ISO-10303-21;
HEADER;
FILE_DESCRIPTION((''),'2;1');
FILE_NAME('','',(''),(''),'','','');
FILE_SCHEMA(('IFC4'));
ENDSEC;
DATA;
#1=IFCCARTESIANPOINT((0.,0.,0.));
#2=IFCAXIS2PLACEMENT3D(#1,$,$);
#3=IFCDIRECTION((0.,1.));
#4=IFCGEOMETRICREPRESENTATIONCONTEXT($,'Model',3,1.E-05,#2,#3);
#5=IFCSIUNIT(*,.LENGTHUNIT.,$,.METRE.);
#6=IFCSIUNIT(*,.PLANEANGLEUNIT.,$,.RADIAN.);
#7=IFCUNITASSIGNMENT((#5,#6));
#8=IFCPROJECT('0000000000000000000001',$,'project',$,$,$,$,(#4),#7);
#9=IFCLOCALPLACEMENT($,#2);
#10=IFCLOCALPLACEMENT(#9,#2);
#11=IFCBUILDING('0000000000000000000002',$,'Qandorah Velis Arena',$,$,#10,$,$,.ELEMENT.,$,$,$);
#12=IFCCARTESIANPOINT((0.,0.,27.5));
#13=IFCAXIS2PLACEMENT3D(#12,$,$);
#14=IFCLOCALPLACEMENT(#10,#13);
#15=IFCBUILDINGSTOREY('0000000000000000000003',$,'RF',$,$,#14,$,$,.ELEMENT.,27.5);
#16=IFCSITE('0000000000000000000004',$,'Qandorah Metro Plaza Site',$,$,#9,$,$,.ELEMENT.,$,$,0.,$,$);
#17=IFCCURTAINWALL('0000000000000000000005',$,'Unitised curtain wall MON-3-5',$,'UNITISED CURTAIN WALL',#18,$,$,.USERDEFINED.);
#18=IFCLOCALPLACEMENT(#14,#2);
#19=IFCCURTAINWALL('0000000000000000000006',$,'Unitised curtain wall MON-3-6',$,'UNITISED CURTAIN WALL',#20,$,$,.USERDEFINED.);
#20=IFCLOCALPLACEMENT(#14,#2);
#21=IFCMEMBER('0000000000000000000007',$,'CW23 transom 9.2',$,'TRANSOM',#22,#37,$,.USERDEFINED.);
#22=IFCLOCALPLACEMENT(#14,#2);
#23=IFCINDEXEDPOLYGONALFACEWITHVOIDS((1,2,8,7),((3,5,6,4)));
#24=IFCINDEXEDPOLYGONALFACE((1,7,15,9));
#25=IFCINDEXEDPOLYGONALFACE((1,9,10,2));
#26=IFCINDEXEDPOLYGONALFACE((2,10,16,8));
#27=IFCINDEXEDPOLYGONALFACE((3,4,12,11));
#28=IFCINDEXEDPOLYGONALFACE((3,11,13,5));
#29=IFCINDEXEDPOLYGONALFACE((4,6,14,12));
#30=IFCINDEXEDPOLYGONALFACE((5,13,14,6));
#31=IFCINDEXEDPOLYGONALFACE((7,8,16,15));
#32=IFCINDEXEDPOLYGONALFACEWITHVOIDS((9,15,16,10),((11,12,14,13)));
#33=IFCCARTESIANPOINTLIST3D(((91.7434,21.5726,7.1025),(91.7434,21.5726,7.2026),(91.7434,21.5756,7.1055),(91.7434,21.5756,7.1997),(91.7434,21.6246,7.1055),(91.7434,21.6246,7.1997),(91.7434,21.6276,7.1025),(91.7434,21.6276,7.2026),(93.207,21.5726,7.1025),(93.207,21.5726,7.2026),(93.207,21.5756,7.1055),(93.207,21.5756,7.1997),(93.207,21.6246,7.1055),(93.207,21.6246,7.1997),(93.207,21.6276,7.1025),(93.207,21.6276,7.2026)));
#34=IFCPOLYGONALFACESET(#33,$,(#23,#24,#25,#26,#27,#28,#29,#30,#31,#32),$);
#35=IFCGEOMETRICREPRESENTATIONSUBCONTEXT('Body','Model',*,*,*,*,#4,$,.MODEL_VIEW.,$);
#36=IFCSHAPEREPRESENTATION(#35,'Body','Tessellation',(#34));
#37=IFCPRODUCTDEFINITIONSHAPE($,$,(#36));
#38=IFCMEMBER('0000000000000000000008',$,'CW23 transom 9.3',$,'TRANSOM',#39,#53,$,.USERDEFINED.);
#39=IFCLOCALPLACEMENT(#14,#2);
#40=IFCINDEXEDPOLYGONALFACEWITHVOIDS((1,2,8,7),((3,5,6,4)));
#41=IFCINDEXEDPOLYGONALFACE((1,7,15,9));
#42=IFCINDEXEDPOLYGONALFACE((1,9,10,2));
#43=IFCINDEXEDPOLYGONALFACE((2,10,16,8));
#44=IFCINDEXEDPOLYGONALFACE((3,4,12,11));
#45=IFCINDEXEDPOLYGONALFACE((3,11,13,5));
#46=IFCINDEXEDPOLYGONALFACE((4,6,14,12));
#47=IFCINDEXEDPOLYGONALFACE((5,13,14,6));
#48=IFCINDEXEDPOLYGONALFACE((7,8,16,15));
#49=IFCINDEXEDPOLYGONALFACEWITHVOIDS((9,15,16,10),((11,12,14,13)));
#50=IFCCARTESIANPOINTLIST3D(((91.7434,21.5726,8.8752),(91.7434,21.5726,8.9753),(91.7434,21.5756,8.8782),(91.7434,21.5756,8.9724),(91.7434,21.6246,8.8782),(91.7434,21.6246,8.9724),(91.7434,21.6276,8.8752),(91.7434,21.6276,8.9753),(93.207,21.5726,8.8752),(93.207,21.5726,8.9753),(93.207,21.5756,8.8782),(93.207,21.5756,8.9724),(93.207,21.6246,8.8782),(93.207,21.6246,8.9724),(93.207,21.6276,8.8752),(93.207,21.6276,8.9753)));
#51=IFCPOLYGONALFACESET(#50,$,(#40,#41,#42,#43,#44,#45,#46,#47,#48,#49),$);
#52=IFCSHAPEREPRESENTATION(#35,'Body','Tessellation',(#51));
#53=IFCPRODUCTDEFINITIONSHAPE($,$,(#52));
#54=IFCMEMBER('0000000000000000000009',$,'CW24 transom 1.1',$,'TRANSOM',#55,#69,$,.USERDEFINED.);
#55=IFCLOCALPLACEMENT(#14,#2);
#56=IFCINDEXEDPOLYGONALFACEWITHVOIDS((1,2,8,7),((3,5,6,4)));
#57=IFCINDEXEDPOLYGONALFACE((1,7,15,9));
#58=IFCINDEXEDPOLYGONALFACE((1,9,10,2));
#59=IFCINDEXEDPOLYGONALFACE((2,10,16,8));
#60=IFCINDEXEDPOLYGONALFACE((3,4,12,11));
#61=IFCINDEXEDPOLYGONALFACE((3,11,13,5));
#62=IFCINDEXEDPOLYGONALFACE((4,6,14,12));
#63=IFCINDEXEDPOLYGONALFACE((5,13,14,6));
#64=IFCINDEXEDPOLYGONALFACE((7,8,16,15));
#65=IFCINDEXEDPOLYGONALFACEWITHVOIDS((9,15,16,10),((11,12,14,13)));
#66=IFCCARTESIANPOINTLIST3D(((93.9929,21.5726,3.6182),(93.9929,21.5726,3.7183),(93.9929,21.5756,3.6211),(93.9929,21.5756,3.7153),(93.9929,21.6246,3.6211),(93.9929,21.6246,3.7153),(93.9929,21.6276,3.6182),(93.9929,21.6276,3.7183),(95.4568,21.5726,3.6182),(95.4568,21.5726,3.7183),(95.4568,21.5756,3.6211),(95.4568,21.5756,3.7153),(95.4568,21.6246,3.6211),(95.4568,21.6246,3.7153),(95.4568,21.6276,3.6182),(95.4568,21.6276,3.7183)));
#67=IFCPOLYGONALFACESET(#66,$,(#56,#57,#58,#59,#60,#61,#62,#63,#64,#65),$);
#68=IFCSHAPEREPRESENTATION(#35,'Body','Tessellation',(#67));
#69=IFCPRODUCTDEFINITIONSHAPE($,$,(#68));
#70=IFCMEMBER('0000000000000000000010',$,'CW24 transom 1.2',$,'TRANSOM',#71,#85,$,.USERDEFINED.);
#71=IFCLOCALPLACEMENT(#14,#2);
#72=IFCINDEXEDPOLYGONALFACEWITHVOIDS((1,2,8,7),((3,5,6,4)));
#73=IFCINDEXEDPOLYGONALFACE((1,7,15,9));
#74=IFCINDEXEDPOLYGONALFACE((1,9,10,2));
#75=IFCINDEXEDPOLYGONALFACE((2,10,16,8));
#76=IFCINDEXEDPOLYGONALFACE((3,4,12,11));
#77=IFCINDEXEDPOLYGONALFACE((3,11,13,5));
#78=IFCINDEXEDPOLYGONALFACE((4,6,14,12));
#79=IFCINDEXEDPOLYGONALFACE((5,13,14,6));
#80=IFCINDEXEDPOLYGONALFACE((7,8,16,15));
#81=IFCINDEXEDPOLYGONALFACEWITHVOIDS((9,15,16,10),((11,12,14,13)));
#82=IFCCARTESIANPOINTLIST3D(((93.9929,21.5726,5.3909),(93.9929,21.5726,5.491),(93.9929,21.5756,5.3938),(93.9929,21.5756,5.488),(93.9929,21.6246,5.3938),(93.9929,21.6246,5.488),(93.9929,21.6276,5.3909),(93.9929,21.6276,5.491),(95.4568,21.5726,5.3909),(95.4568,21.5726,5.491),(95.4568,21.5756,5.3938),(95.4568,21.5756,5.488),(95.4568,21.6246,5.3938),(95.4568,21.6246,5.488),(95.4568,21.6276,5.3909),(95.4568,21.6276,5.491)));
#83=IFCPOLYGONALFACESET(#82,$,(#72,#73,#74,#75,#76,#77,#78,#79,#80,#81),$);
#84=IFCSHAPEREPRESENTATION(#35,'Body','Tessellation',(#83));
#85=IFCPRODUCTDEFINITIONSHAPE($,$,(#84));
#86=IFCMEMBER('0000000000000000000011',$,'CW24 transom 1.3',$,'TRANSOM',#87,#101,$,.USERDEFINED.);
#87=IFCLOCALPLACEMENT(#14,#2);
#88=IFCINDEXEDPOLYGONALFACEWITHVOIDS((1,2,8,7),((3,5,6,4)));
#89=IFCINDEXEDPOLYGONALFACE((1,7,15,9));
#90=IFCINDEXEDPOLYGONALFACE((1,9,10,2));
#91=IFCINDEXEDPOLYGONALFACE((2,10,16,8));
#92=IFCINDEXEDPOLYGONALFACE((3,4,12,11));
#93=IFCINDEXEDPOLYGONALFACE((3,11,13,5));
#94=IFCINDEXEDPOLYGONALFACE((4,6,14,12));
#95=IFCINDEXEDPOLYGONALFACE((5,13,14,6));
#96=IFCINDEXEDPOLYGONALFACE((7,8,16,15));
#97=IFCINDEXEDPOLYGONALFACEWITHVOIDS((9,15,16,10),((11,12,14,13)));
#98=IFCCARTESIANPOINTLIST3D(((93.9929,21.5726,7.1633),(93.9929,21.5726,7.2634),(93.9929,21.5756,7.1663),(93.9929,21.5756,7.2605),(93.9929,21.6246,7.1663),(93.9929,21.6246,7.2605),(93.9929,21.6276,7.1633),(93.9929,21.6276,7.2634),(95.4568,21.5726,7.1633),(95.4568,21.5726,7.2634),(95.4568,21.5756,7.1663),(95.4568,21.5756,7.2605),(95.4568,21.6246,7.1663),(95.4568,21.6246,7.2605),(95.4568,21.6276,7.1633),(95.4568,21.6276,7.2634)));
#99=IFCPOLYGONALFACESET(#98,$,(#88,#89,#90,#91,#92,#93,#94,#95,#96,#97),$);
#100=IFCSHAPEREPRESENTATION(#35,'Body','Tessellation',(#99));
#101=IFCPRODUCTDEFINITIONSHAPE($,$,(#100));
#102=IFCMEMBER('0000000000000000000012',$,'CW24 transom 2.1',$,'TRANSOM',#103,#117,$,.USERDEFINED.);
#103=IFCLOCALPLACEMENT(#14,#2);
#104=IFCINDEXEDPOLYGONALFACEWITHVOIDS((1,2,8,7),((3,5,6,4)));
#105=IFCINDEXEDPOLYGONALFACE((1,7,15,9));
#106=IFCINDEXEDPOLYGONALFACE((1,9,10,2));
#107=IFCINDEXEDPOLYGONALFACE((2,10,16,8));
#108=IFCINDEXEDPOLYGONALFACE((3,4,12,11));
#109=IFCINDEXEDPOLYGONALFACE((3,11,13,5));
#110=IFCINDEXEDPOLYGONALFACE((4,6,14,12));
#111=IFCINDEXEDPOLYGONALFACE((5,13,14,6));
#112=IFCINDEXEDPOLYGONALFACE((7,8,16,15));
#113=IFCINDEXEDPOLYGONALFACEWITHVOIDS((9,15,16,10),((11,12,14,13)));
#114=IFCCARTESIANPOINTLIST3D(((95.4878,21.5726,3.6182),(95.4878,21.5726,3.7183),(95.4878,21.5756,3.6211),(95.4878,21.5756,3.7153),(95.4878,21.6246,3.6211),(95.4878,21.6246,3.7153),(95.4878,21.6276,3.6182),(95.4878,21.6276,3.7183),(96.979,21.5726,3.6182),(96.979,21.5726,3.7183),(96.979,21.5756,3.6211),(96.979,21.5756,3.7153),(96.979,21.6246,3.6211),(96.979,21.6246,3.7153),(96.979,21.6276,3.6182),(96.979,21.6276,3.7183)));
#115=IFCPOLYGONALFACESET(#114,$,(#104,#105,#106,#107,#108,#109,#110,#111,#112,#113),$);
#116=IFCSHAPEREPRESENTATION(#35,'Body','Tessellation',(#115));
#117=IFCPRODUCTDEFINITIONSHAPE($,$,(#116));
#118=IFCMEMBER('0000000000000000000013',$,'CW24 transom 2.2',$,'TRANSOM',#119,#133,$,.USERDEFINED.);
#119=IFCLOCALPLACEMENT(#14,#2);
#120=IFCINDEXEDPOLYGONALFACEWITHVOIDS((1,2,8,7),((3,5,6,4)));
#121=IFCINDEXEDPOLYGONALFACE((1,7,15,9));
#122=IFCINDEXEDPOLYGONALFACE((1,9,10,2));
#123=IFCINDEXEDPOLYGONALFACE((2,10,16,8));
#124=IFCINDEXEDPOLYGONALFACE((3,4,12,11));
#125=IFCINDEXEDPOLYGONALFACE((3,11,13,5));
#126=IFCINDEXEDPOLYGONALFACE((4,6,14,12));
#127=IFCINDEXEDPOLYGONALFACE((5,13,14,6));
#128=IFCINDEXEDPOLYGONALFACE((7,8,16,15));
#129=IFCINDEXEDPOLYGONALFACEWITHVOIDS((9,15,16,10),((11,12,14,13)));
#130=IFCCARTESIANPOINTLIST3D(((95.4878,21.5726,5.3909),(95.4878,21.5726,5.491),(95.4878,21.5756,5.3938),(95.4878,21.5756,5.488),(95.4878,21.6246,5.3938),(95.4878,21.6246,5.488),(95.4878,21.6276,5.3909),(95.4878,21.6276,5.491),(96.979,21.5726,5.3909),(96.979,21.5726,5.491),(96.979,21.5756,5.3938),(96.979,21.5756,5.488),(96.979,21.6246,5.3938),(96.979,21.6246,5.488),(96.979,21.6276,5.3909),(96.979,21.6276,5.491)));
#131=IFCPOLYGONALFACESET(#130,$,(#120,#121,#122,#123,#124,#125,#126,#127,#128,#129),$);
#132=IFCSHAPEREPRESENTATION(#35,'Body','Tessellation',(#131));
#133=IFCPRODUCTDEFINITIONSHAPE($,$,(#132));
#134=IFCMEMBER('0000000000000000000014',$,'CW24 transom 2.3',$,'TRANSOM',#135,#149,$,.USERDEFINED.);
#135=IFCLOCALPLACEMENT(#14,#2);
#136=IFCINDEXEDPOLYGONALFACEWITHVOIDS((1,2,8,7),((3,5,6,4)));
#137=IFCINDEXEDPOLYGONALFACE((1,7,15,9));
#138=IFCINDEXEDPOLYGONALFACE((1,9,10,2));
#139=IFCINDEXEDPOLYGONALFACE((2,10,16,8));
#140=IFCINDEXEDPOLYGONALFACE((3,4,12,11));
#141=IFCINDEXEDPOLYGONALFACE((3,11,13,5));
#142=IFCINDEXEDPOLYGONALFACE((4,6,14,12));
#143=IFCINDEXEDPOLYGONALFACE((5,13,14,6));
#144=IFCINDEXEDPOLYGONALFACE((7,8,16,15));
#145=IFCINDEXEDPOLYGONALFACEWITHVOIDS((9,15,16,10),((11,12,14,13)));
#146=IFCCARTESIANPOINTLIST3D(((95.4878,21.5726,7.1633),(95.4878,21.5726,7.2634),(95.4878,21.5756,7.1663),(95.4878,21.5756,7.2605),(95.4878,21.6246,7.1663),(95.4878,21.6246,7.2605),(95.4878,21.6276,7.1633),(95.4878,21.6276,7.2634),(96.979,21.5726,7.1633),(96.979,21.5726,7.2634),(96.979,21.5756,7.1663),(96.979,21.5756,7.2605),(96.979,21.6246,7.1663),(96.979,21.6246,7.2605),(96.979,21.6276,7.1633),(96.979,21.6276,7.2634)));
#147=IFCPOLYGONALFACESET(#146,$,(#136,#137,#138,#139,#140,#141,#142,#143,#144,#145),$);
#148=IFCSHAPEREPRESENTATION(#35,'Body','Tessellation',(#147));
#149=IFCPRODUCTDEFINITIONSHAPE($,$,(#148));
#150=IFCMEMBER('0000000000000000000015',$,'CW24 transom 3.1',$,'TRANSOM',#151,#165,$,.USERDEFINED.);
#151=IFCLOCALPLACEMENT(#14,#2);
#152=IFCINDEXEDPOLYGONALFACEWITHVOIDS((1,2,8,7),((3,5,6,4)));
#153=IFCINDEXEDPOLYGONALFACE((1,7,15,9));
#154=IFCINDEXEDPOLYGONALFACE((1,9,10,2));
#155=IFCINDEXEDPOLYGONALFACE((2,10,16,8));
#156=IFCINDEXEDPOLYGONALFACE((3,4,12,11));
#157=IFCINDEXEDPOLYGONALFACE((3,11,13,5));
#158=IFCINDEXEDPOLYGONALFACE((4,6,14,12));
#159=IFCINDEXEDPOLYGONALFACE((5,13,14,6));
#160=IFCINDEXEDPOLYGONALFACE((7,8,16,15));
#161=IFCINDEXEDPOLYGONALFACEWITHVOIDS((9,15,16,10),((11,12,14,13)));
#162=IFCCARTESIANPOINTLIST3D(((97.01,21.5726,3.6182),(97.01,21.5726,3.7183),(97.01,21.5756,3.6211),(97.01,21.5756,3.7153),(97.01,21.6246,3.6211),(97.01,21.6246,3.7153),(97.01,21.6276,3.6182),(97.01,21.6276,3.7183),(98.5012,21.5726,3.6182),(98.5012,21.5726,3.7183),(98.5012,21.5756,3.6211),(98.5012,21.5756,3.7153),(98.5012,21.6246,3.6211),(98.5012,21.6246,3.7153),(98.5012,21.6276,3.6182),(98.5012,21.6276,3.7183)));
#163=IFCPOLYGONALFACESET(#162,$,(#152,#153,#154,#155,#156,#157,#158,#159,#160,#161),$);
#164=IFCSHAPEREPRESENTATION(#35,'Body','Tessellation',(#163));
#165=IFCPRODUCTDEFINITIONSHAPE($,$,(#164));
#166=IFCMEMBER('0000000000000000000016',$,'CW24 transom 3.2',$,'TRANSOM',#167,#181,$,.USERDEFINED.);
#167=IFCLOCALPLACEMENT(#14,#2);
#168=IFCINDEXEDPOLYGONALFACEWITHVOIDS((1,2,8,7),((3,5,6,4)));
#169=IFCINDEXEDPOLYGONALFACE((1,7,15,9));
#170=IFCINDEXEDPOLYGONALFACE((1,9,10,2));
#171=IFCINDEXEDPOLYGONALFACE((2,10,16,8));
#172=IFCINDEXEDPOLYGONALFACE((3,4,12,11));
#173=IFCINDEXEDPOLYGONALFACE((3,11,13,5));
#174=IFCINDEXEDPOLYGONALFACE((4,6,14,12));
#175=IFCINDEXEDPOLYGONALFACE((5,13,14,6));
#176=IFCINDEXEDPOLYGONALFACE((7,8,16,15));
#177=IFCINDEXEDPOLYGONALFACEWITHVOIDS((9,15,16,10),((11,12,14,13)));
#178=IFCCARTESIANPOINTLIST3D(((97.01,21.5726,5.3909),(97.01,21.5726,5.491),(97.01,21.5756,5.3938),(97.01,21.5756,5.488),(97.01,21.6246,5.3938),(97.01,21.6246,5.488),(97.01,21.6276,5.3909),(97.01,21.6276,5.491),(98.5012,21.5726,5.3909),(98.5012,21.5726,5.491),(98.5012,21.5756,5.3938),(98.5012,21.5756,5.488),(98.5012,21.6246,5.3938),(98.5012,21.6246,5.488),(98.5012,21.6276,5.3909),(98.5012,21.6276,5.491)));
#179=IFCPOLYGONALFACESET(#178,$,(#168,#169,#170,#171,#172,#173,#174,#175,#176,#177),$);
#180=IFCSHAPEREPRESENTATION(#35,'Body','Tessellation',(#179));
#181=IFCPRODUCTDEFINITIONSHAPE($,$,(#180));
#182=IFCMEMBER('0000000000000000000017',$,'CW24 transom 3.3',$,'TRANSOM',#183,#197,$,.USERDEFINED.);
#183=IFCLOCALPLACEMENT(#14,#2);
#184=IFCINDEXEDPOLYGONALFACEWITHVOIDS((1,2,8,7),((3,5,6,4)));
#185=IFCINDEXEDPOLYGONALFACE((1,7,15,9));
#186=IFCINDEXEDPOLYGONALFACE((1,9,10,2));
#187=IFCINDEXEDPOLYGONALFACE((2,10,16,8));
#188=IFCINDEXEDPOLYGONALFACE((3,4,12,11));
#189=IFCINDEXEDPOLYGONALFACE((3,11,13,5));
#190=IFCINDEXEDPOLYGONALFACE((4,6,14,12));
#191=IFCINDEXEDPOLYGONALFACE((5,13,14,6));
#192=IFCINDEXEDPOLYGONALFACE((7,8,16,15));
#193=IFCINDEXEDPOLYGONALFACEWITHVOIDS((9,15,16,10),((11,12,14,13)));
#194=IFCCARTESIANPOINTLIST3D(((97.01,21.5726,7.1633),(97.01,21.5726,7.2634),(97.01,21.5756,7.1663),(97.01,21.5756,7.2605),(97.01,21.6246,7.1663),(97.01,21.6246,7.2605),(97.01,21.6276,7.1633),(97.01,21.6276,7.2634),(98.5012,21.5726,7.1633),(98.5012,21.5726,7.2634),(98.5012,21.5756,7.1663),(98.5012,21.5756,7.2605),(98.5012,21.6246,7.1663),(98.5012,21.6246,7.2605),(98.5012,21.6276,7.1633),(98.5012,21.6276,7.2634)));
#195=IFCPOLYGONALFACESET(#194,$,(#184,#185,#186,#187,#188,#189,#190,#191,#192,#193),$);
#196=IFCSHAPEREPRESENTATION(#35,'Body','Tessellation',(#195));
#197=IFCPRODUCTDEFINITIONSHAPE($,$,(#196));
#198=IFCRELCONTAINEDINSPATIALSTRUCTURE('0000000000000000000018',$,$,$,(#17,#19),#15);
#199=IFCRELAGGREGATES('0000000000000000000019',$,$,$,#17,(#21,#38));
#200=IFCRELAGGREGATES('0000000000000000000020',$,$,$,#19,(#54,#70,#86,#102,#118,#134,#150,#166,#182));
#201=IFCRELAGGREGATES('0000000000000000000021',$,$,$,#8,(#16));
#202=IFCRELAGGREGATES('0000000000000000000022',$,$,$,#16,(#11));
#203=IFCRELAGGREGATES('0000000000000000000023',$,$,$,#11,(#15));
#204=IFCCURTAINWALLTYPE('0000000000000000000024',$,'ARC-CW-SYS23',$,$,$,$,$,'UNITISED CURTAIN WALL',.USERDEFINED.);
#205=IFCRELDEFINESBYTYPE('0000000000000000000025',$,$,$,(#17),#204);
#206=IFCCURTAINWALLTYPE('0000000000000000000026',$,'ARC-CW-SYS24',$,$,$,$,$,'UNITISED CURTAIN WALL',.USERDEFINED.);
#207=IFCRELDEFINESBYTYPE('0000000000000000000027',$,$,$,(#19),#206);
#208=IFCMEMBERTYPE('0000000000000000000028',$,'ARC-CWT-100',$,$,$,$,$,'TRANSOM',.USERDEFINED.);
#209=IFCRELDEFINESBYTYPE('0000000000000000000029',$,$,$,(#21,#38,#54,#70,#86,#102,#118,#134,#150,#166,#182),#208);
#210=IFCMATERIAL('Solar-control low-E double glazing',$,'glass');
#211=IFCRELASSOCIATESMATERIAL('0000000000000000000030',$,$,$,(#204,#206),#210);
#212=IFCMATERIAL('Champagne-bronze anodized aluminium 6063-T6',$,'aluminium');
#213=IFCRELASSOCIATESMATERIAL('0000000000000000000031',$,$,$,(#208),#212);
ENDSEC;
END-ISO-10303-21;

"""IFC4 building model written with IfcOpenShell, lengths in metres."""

from ifc_helpers import new_model, si_unit, direction, frame, origin, origin_2d, place, context, subcontext, project, spatial, hollow_rectangle, extrude, material, material_profile, profile_set, type_object, element, aggregate, save


model = new_model("IFC4")

# Units and contexts
model_context = context("Model", 3, precision=1e-05, world=origin(), true_north=direction((0.0, 1.0)))
body_context = subcontext(model_context, "Body", "Model", "MODEL_VIEW")
ifc_project = project(units=[si_unit("LENGTHUNIT", "METRE"), si_unit("PLANEANGLEUNIT", "RADIAN")], contexts=[model_context])

# Site, building, storey
site_placement = place(None, origin())
site = spatial("IfcSite", under=ifc_project, at=site_placement, Name="Qandorah Metro Plaza Site", CompositionType="ELEMENT", RefElevation=0.0)
building_placement = place(site_placement, origin())
building = spatial("IfcBuilding", under=site, at=building_placement, Name="Qandorah Velis Arena", CompositionType="ELEMENT")
storey_placement = place(building_placement, frame((0.0, 0.0, 27.5)))
storey = spatial("IfcBuildingStorey", under=building, at=storey_placement, Name="RF", CompositionType="ELEMENT", Elevation=27.5)

# Curtain walls
ifc_material_1 = material(Name="Solar-control low-E double glazing", Category="glass")
curtain_wall_type_1 = type_object("IfcCurtainWallType", Name="ARC-CW-SYS23", ElementType="UNITISED CURTAIN WALL", PredefinedType="USERDEFINED", material=ifc_material_1)
curtain_wall_1_placement = place(storey_placement, origin())
curtain_wall_1 = element("IfcCurtainWall", 1, at=curtain_wall_1_placement, inside=storey, type_object=curtain_wall_type_1, Name="Unitised curtain wall MON-3-5", ObjectType="UNITISED CURTAIN WALL", PredefinedType="USERDEFINED")
ifc_material_2 = material(Name="Champagne-bronze anodized aluminium 6063-T6", Category="aluminium")
curtain_wall_type_2 = type_object("IfcCurtainWallType", Name="ARC-CW-SYS24", ElementType="UNITISED CURTAIN WALL", PredefinedType="USERDEFINED", material=ifc_material_1)
curtain_wall_2_placement = place(storey_placement, origin())
curtain_wall_2 = element("IfcCurtainWall", 2, at=curtain_wall_2_placement, inside=storey, type_object=curtain_wall_type_2, Name="Unitised curtain wall MON-3-6", ObjectType="UNITISED CURTAIN WALL", PredefinedType="USERDEFINED")

# Members
ifc_material_profile_1 = material_profile(ifc_material_2, hollow_rectangle(XDim=0.0549, YDim=0.1001, WallThickness=0.0029, at=origin_2d()), Name="ALU TRANSOM 55x100")
ifc_profile_set_1 = profile_set([ifc_material_profile_1], Name="Champagne-bronze anodized aluminium 6063-T6")
member_type_1 = type_object("IfcMemberType", Name="ARC-CWT-100", ElementType="TRANSOM", PredefinedType="USERDEFINED", material=ifc_profile_set_1)
member_1_placement = place(storey_placement, frame((91.7434, 21.6001, 7.1526), z_axis=(1.0, 0.0, 0.0), x_axis=(0.0, 1.0, 0.0)))
member_1 = element("IfcMember", 3, at=member_1_placement, type_object=member_type_1, Name="CW23 transom 9.2", ObjectType="TRANSOM", PredefinedType="USERDEFINED", context=body_context, shape_type="SweptSolid", body=[
    extrude(hollow_rectangle(XDim=0.0549, YDim=0.1001, WallThickness=0.0029, at=origin_2d()), origin(), (0.0, 0.0, 1.0), 1.4636),
])
member_2_placement = place(storey_placement, frame((91.7434, 21.6001, 8.9253), z_axis=(1.0, 0.0, 0.0), x_axis=(0.0, 1.0, 0.0)))
member_2 = element("IfcMember", 4, at=member_2_placement, type_object=member_type_1, Name="CW23 transom 9.3", ObjectType="TRANSOM", PredefinedType="USERDEFINED", context=body_context, shape_type="SweptSolid", body=[
    extrude(hollow_rectangle(XDim=0.0549, YDim=0.1001, WallThickness=0.0029, at=origin_2d()), origin(), (0.0, 0.0, 1.0), 1.4636),
])
member_3_placement = place(storey_placement, frame((93.9929, 21.6001, 3.6682), z_axis=(1.0, 0.0, 0.0), x_axis=(0.0, 1.0, 0.0)))
member_3 = element("IfcMember", 5, at=member_3_placement, type_object=member_type_1, Name="CW24 transom 1.1", ObjectType="TRANSOM", PredefinedType="USERDEFINED", context=body_context, shape_type="SweptSolid", body=[
    extrude(hollow_rectangle(XDim=0.0549, YDim=0.1001, WallThickness=0.0029, at=origin_2d()), origin(), (0.0, 0.0, 1.0), 1.4639),
])
member_4_placement = place(storey_placement, frame((93.9929, 21.6001, 5.4409), z_axis=(1.0, 0.0, 0.0), x_axis=(0.0, 1.0, 0.0)))
member_4 = element("IfcMember", 6, at=member_4_placement, type_object=member_type_1, Name="CW24 transom 1.2", ObjectType="TRANSOM", PredefinedType="USERDEFINED", context=body_context, shape_type="SweptSolid", body=[
    extrude(hollow_rectangle(XDim=0.0549, YDim=0.1001, WallThickness=0.0029, at=origin_2d()), origin(), (0.0, 0.0, 1.0), 1.4639),
])
member_5_placement = place(storey_placement, frame((93.9929, 21.6001, 7.2134), z_axis=(1.0, 0.0, 0.0), x_axis=(0.0, 1.0, 0.0)))
member_5 = element("IfcMember", 7, at=member_5_placement, type_object=member_type_1, Name="CW24 transom 1.3", ObjectType="TRANSOM", PredefinedType="USERDEFINED", context=body_context, shape_type="SweptSolid", body=[
    extrude(hollow_rectangle(XDim=0.0549, YDim=0.1001, WallThickness=0.0029, at=origin_2d()), origin(), (0.0, 0.0, 1.0), 1.4639),
])
member_6_placement = place(storey_placement, frame((95.4878, 21.6001, 3.6682), z_axis=(1.0, 0.0, 0.0), x_axis=(0.0, 1.0, 0.0)))
member_6 = element("IfcMember", 8, at=member_6_placement, type_object=member_type_1, Name="CW24 transom 2.1", ObjectType="TRANSOM", PredefinedType="USERDEFINED", context=body_context, shape_type="SweptSolid", body=[
    extrude(hollow_rectangle(XDim=0.0549, YDim=0.1001, WallThickness=0.0029, at=origin_2d()), origin(), (0.0, 0.0, 1.0), 1.4912),
])
member_7_placement = place(storey_placement, frame((95.4878, 21.6001, 5.4409), z_axis=(1.0, 0.0, 0.0), x_axis=(0.0, 1.0, 0.0)))
member_7 = element("IfcMember", 9, at=member_7_placement, type_object=member_type_1, Name="CW24 transom 2.2", ObjectType="TRANSOM", PredefinedType="USERDEFINED", context=body_context, shape_type="SweptSolid", body=[
    extrude(hollow_rectangle(XDim=0.0549, YDim=0.1001, WallThickness=0.0029, at=origin_2d()), origin(), (0.0, 0.0, 1.0), 1.4912),
])
member_8_placement = place(storey_placement, frame((95.4878, 21.6001, 7.2134), z_axis=(1.0, 0.0, 0.0), x_axis=(0.0, 1.0, 0.0)))
member_8 = element("IfcMember", 10, at=member_8_placement, type_object=member_type_1, Name="CW24 transom 2.3", ObjectType="TRANSOM", PredefinedType="USERDEFINED", context=body_context, shape_type="SweptSolid", body=[
    extrude(hollow_rectangle(XDim=0.0549, YDim=0.1001, WallThickness=0.0029, at=origin_2d()), origin(), (0.0, 0.0, 1.0), 1.4912),
])
member_9_placement = place(storey_placement, frame((97.01, 21.6001, 3.6682), z_axis=(1.0, 0.0, 0.0), x_axis=(0.0, 1.0, 0.0)))
member_9 = element("IfcMember", 11, at=member_9_placement, type_object=member_type_1, Name="CW24 transom 3.1", ObjectType="TRANSOM", PredefinedType="USERDEFINED", context=body_context, shape_type="SweptSolid", body=[
    extrude(hollow_rectangle(XDim=0.0549, YDim=0.1001, WallThickness=0.0029, at=origin_2d()), origin(), (0.0, 0.0, 1.0), 1.4912),
])
member_10_placement = place(storey_placement, frame((97.01, 21.6001, 5.4409), z_axis=(1.0, 0.0, 0.0), x_axis=(0.0, 1.0, 0.0)))
member_10 = element("IfcMember", 12, at=member_10_placement, type_object=member_type_1, Name="CW24 transom 3.2", ObjectType="TRANSOM", PredefinedType="USERDEFINED", context=body_context, shape_type="SweptSolid", body=[
    extrude(hollow_rectangle(XDim=0.0549, YDim=0.1001, WallThickness=0.0029, at=origin_2d()), origin(), (0.0, 0.0, 1.0), 1.4912),
])
member_11_placement = place(storey_placement, frame((97.01, 21.6001, 7.2134), z_axis=(1.0, 0.0, 0.0), x_axis=(0.0, 1.0, 0.0)))
member_11 = element("IfcMember", 13, at=member_11_placement, type_object=member_type_1, Name="CW24 transom 3.3", ObjectType="TRANSOM", PredefinedType="USERDEFINED", context=body_context, shape_type="SweptSolid", body=[
    extrude(hollow_rectangle(XDim=0.0549, YDim=0.1001, WallThickness=0.0029, at=origin_2d()), origin(), (0.0, 0.0, 1.0), 1.4912),
])

aggregate(curtain_wall_1, [member_1, member_2])
aggregate(curtain_wall_2, [member_3, member_4, member_5, member_6, member_7, member_8, member_9, member_10, member_11])

save(model, "model.ifc")
